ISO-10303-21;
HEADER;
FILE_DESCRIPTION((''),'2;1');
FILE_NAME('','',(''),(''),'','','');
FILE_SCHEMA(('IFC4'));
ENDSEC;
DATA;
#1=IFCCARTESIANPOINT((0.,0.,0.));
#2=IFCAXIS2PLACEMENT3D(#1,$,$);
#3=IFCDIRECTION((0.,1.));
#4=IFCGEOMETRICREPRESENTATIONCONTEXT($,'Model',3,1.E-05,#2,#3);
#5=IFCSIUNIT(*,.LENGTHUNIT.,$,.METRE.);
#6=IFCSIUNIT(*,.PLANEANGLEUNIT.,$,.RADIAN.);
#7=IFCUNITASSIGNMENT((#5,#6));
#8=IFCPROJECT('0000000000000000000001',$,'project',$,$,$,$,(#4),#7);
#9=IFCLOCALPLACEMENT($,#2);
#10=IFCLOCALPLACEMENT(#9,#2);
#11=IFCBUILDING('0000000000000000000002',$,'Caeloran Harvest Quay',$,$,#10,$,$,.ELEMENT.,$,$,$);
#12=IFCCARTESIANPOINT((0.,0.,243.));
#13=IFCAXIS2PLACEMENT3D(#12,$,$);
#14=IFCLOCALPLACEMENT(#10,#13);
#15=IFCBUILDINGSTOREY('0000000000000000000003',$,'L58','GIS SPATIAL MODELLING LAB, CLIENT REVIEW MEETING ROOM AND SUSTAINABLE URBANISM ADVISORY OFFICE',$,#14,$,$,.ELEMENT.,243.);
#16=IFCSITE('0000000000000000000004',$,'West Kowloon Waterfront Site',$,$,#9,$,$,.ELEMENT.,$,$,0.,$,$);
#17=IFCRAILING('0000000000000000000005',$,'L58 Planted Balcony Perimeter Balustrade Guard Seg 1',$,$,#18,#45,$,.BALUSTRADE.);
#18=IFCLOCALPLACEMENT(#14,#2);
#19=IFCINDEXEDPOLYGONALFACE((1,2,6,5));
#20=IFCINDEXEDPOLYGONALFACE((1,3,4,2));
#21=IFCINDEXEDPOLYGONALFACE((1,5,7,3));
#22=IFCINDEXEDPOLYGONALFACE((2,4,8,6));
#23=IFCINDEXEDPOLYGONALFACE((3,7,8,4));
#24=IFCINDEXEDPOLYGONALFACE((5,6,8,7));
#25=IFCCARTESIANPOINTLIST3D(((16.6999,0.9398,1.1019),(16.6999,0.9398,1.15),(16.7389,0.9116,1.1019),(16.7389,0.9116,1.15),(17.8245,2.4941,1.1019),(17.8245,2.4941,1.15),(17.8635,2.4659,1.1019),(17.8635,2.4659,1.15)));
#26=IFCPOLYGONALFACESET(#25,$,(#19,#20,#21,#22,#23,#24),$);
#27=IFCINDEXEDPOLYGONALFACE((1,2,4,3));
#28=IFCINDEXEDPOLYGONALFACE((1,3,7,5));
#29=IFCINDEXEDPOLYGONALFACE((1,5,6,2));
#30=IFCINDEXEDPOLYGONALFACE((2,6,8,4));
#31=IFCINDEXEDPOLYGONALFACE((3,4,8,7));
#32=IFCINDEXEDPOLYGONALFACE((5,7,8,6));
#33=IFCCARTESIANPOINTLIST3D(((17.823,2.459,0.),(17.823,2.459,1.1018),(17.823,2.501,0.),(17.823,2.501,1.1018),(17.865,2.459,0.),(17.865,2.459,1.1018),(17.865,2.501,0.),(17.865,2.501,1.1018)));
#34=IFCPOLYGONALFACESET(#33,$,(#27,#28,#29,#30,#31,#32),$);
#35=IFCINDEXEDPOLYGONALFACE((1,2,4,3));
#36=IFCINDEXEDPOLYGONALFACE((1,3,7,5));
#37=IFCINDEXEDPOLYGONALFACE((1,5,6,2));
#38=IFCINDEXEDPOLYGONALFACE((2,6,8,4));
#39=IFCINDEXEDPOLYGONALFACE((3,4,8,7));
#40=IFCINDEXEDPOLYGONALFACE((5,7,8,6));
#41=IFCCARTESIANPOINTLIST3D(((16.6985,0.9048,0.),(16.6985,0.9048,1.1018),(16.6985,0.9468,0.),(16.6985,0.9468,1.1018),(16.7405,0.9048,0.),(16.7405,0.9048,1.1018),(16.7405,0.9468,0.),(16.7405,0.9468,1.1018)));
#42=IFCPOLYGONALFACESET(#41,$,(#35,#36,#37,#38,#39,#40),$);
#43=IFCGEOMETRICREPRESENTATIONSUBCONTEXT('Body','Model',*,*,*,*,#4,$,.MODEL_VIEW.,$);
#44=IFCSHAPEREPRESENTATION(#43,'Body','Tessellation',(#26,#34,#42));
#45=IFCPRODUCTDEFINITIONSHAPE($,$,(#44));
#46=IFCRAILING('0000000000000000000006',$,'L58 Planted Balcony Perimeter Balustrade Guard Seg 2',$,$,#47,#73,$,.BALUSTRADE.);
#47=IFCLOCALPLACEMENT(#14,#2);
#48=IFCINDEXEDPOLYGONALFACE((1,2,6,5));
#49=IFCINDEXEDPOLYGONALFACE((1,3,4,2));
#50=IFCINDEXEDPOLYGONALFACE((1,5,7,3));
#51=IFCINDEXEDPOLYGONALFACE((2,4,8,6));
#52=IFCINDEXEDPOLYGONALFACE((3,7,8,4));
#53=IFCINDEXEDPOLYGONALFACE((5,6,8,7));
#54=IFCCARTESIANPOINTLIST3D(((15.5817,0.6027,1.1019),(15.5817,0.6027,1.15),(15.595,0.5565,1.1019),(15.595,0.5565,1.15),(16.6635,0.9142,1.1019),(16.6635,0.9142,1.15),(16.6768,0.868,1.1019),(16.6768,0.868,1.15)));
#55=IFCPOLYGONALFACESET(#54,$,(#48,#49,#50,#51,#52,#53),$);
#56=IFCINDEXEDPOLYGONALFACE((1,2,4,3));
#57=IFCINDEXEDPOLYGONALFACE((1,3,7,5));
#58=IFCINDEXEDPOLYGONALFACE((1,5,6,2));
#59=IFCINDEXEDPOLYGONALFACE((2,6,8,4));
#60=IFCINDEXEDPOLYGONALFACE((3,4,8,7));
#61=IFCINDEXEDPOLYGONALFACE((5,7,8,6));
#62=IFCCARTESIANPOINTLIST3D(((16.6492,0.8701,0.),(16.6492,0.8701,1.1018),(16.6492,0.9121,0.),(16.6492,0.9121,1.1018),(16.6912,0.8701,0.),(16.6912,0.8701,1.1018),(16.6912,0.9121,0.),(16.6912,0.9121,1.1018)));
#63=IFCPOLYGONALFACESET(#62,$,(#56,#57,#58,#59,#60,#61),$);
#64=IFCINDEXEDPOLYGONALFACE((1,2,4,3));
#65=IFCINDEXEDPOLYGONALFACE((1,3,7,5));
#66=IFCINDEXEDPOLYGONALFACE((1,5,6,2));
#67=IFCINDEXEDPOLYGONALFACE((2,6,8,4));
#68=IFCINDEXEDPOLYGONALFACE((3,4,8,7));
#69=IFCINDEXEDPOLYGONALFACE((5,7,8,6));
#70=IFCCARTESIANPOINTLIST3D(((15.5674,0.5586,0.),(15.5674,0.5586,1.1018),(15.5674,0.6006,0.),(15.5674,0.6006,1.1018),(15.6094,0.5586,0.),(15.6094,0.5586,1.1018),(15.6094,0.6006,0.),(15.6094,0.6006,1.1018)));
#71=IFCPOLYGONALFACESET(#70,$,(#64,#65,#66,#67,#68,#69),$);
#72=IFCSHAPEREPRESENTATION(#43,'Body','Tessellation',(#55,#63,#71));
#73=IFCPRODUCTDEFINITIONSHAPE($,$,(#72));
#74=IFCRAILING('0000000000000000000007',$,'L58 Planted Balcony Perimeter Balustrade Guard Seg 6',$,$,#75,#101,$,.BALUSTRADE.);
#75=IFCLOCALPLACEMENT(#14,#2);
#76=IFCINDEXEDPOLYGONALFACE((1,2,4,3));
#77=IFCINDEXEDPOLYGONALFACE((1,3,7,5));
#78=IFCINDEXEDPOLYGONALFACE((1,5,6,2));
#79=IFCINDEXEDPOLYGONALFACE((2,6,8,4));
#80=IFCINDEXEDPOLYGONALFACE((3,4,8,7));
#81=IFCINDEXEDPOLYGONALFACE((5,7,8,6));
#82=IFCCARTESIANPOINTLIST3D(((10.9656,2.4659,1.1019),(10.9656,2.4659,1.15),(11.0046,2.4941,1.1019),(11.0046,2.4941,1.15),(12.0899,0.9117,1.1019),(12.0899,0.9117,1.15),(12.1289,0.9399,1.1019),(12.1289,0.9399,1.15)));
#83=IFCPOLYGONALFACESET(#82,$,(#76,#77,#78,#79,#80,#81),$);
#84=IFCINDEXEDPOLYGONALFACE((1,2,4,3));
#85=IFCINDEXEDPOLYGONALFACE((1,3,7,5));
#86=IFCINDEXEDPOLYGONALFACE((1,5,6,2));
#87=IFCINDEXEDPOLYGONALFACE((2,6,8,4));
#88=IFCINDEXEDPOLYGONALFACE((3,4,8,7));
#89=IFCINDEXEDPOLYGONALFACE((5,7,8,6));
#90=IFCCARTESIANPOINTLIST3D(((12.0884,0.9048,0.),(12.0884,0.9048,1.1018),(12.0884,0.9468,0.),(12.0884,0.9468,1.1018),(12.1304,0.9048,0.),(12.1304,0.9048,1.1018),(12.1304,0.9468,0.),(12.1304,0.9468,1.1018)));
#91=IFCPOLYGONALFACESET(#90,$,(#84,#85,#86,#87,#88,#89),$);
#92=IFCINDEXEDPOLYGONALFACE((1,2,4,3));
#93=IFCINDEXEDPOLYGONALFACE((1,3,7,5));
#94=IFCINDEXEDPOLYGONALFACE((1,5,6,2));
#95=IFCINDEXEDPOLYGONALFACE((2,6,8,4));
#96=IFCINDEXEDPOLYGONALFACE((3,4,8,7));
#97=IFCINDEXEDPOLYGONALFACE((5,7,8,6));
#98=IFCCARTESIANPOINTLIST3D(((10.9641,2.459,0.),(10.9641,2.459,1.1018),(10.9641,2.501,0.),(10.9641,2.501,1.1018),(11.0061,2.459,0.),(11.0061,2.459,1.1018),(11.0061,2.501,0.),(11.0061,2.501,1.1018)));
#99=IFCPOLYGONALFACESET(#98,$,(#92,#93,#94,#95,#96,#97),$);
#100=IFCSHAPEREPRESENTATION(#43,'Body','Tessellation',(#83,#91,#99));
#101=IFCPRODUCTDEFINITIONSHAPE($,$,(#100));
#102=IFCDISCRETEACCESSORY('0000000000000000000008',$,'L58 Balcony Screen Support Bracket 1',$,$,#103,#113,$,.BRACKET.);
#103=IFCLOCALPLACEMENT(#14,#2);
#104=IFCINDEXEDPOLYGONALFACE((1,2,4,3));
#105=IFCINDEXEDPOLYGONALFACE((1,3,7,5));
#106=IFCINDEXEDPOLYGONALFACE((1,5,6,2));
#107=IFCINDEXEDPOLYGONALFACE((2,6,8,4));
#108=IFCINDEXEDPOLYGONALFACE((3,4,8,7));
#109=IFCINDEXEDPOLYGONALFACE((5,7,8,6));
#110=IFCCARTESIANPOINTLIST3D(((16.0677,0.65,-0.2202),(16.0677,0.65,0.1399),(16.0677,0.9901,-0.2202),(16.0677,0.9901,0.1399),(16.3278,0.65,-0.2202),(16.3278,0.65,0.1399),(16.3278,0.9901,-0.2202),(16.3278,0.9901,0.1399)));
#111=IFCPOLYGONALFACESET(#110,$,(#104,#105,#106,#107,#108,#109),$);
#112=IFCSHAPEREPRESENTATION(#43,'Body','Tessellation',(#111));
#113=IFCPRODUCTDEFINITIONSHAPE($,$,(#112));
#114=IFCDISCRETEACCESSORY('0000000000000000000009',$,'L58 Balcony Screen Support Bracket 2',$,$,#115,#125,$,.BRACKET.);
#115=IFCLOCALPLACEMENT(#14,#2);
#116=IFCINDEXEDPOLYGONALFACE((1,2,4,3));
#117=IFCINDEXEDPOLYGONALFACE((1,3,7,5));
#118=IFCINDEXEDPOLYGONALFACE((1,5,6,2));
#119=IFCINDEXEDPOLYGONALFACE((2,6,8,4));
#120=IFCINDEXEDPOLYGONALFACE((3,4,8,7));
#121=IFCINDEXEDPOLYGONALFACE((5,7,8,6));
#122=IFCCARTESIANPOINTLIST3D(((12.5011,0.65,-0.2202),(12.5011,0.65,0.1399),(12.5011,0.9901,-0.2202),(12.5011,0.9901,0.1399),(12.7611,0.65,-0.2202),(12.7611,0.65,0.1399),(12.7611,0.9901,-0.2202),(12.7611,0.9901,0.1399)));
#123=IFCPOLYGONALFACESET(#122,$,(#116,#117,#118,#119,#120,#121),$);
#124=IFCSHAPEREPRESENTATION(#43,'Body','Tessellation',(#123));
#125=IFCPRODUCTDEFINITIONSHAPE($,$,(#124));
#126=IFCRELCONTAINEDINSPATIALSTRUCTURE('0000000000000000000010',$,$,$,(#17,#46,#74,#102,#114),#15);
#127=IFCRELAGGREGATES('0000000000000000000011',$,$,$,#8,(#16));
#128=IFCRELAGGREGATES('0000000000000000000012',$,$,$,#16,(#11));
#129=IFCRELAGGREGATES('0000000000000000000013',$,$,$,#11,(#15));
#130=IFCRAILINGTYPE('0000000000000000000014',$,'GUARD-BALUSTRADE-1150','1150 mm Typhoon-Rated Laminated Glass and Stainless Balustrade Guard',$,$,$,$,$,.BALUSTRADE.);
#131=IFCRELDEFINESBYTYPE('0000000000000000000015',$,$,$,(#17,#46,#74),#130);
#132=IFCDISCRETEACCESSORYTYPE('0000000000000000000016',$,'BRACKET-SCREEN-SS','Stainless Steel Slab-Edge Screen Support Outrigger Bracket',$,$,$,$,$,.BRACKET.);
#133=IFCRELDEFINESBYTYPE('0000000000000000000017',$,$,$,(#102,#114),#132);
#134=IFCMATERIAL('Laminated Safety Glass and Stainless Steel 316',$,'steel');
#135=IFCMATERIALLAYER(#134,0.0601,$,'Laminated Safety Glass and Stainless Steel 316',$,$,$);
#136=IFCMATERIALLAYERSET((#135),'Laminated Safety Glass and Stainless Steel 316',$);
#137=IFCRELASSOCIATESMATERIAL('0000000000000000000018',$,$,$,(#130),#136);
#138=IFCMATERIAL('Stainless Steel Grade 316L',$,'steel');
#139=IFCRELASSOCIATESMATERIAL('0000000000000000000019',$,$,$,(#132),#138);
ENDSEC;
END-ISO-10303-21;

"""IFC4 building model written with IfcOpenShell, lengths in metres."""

from ifc_helpers import new_model, si_unit, direction, frame, origin, origin_2d, place, context, subcontext, project, spatial, rectangle, extrude, material, layer, layer_set, type_object, element, save


model = new_model("IFC4")

# Units and contexts
model_context = context("Model", 3, precision=1e-05, world=origin(), true_north=direction((0.0, 1.0)))
body_context = subcontext(model_context, "Body", "Model", "MODEL_VIEW")
ifc_project = project(units=[si_unit("LENGTHUNIT", "METRE"), si_unit("PLANEANGLEUNIT", "RADIAN")], contexts=[model_context])

# Site, building, storey
site_placement = place(None, origin())
site = spatial("IfcSite", under=ifc_project, at=site_placement, Name="West Kowloon Waterfront Site", CompositionType="ELEMENT", RefElevation=0.0)
building_placement = place(site_placement, origin())
building = spatial("IfcBuilding", under=site, at=building_placement, Name="Caeloran Harvest Quay", CompositionType="ELEMENT")
storey_placement = place(building_placement, frame((0.0, 0.0, 243.0)))
storey = spatial("IfcBuildingStorey", under=building, at=storey_placement, Name="L58", Description="GIS SPATIAL MODELLING LAB, CLIENT REVIEW MEETING ROOM AND SUSTAINABLE URBANISM ADVISORY OFFICE", CompositionType="ELEMENT", Elevation=243.0)

# Railings
ifc_material_1 = material(Name="Laminated Safety Glass and Stainless Steel 316", Category="steel")
ifc_layer_1 = layer(ifc_material_1, 0.0601, Name="Laminated Safety Glass and Stainless Steel 316")
ifc_layer_set_1 = layer_set([ifc_layer_1], Name="Laminated Safety Glass and Stainless Steel 316")
railing_type = type_object("IfcRailingType", Name="GUARD-BALUSTRADE-1150", Description="1150 mm Typhoon-Rated Laminated Glass and Stainless Balustrade Guard", PredefinedType="BALUSTRADE", material=ifc_layer_set_1)
railing_1_placement = place(storey_placement, frame((17.844, 2.48, 0.0)))
element("IfcRailing", 1, at=railing_1_placement, inside=storey, type_object=railing_type, Name="L58 Planted Balcony Perimeter Balustrade Guard Seg 1", PredefinedType="BALUSTRADE", context=body_context, shape_type="SweptSolid", body=[
    extrude(rectangle(XDim=0.0481, YDim=0.0481, at=origin_2d()), frame((0.0, 0.0, 1.126), z_axis=(-0.586187, -0.810176, 0.0), x_axis=(0.810176, -0.586187, 0.0)), (0.0, 0.0, 1.0), 1.9185),
    extrude(rectangle(XDim=0.042, YDim=0.042, at=origin_2d()), origin(), (0.0, 0.0, 1.0), 1.1018),
    extrude(rectangle(XDim=0.042, YDim=0.042, at=origin_2d()), frame((-1.1245, -1.5542, 0.0)), (0.0, 0.0, 1.0), 1.1018),
])
railing_2_placement = place(storey_placement, frame((16.6702, 0.8911, 0.0)))
element("IfcRailing", 2, at=railing_2_placement, inside=storey, type_object=railing_type, Name="L58 Planted Balcony Perimeter Balustrade Guard Seg 2", PredefinedType="BALUSTRADE", context=body_context, shape_type="SweptSolid", body=[
    extrude(rectangle(XDim=0.0481, YDim=0.0481, at=origin_2d()), frame((0.0, 0.0, 1.126), z_axis=(-0.960949, -0.276726, 0.0), x_axis=(0.276726, -0.960949, 0.0)), (0.0, 0.0, 1.0), 1.1257),
    extrude(rectangle(XDim=0.042, YDim=0.042, at=origin_2d()), origin(), (0.0, 0.0, 1.0), 1.1018),
    extrude(rectangle(XDim=0.042, YDim=0.042, at=origin_2d()), frame((-1.0818, -0.3115, 0.0)), (0.0, 0.0, 1.0), 1.1018),
])
railing_3_placement = place(storey_placement, frame((12.1094, 0.9258, 0.0)))
element("IfcRailing", 3, at=railing_3_placement, inside=storey, type_object=railing_type, Name="L58 Planted Balcony Perimeter Balustrade Guard Seg 6", PredefinedType="BALUSTRADE", context=body_context, shape_type="SweptSolid", body=[
    extrude(rectangle(XDim=0.0481, YDim=0.0481, at=origin_2d()), frame((0.0, 0.0, 1.126), z_axis=(-0.586104, 0.810236, 0.0), x_axis=(-0.810236, -0.586104, 0.0)), (0.0, 0.0, 1.0), 1.9182),
    extrude(rectangle(XDim=0.042, YDim=0.042, at=origin_2d()), origin(), (0.0, 0.0, 1.0), 1.1018),
    extrude(rectangle(XDim=0.042, YDim=0.042, at=origin_2d()), frame((-1.1243, 1.5542, 0.0)), (0.0, 0.0, 1.0), 1.1018),
])

# Discrete accessories
ifc_material_2 = material(Name="Stainless Steel Grade 316L", Category="steel")
discrete_accessory_type = type_object("IfcDiscreteAccessoryType", Name="BRACKET-SCREEN-SS", Description="Stainless Steel Slab-Edge Screen Support Outrigger Bracket", PredefinedType="BRACKET", material=ifc_material_2)
for number, where, z_axis, x_axis, name in (
    (4, (16.1978, 0.8201, -0.2202), (0.0, 0.0, 1.0), (1.0, 0.0, 0.0), "L58 Balcony Screen Support Bracket 1"),
    (5, (12.6311, 0.8201, -0.2202), (0.0, 0.0, 1.0), (1.0, 0.0, 0.0), "L58 Balcony Screen Support Bracket 2"),
):
    element("IfcDiscreteAccessory", number, at=place(storey_placement, frame(where, z_axis=z_axis, x_axis=x_axis)), inside=storey, type_object=discrete_accessory_type, Name=name, PredefinedType="BRACKET", context=body_context, shape_type="SweptSolid", body=[
        extrude(rectangle(XDim=0.26, YDim=0.3401, at=origin_2d()), origin(), (0.0, 0.0, 1.0), 0.3601),
    ])

save(model, "model.ifc")
